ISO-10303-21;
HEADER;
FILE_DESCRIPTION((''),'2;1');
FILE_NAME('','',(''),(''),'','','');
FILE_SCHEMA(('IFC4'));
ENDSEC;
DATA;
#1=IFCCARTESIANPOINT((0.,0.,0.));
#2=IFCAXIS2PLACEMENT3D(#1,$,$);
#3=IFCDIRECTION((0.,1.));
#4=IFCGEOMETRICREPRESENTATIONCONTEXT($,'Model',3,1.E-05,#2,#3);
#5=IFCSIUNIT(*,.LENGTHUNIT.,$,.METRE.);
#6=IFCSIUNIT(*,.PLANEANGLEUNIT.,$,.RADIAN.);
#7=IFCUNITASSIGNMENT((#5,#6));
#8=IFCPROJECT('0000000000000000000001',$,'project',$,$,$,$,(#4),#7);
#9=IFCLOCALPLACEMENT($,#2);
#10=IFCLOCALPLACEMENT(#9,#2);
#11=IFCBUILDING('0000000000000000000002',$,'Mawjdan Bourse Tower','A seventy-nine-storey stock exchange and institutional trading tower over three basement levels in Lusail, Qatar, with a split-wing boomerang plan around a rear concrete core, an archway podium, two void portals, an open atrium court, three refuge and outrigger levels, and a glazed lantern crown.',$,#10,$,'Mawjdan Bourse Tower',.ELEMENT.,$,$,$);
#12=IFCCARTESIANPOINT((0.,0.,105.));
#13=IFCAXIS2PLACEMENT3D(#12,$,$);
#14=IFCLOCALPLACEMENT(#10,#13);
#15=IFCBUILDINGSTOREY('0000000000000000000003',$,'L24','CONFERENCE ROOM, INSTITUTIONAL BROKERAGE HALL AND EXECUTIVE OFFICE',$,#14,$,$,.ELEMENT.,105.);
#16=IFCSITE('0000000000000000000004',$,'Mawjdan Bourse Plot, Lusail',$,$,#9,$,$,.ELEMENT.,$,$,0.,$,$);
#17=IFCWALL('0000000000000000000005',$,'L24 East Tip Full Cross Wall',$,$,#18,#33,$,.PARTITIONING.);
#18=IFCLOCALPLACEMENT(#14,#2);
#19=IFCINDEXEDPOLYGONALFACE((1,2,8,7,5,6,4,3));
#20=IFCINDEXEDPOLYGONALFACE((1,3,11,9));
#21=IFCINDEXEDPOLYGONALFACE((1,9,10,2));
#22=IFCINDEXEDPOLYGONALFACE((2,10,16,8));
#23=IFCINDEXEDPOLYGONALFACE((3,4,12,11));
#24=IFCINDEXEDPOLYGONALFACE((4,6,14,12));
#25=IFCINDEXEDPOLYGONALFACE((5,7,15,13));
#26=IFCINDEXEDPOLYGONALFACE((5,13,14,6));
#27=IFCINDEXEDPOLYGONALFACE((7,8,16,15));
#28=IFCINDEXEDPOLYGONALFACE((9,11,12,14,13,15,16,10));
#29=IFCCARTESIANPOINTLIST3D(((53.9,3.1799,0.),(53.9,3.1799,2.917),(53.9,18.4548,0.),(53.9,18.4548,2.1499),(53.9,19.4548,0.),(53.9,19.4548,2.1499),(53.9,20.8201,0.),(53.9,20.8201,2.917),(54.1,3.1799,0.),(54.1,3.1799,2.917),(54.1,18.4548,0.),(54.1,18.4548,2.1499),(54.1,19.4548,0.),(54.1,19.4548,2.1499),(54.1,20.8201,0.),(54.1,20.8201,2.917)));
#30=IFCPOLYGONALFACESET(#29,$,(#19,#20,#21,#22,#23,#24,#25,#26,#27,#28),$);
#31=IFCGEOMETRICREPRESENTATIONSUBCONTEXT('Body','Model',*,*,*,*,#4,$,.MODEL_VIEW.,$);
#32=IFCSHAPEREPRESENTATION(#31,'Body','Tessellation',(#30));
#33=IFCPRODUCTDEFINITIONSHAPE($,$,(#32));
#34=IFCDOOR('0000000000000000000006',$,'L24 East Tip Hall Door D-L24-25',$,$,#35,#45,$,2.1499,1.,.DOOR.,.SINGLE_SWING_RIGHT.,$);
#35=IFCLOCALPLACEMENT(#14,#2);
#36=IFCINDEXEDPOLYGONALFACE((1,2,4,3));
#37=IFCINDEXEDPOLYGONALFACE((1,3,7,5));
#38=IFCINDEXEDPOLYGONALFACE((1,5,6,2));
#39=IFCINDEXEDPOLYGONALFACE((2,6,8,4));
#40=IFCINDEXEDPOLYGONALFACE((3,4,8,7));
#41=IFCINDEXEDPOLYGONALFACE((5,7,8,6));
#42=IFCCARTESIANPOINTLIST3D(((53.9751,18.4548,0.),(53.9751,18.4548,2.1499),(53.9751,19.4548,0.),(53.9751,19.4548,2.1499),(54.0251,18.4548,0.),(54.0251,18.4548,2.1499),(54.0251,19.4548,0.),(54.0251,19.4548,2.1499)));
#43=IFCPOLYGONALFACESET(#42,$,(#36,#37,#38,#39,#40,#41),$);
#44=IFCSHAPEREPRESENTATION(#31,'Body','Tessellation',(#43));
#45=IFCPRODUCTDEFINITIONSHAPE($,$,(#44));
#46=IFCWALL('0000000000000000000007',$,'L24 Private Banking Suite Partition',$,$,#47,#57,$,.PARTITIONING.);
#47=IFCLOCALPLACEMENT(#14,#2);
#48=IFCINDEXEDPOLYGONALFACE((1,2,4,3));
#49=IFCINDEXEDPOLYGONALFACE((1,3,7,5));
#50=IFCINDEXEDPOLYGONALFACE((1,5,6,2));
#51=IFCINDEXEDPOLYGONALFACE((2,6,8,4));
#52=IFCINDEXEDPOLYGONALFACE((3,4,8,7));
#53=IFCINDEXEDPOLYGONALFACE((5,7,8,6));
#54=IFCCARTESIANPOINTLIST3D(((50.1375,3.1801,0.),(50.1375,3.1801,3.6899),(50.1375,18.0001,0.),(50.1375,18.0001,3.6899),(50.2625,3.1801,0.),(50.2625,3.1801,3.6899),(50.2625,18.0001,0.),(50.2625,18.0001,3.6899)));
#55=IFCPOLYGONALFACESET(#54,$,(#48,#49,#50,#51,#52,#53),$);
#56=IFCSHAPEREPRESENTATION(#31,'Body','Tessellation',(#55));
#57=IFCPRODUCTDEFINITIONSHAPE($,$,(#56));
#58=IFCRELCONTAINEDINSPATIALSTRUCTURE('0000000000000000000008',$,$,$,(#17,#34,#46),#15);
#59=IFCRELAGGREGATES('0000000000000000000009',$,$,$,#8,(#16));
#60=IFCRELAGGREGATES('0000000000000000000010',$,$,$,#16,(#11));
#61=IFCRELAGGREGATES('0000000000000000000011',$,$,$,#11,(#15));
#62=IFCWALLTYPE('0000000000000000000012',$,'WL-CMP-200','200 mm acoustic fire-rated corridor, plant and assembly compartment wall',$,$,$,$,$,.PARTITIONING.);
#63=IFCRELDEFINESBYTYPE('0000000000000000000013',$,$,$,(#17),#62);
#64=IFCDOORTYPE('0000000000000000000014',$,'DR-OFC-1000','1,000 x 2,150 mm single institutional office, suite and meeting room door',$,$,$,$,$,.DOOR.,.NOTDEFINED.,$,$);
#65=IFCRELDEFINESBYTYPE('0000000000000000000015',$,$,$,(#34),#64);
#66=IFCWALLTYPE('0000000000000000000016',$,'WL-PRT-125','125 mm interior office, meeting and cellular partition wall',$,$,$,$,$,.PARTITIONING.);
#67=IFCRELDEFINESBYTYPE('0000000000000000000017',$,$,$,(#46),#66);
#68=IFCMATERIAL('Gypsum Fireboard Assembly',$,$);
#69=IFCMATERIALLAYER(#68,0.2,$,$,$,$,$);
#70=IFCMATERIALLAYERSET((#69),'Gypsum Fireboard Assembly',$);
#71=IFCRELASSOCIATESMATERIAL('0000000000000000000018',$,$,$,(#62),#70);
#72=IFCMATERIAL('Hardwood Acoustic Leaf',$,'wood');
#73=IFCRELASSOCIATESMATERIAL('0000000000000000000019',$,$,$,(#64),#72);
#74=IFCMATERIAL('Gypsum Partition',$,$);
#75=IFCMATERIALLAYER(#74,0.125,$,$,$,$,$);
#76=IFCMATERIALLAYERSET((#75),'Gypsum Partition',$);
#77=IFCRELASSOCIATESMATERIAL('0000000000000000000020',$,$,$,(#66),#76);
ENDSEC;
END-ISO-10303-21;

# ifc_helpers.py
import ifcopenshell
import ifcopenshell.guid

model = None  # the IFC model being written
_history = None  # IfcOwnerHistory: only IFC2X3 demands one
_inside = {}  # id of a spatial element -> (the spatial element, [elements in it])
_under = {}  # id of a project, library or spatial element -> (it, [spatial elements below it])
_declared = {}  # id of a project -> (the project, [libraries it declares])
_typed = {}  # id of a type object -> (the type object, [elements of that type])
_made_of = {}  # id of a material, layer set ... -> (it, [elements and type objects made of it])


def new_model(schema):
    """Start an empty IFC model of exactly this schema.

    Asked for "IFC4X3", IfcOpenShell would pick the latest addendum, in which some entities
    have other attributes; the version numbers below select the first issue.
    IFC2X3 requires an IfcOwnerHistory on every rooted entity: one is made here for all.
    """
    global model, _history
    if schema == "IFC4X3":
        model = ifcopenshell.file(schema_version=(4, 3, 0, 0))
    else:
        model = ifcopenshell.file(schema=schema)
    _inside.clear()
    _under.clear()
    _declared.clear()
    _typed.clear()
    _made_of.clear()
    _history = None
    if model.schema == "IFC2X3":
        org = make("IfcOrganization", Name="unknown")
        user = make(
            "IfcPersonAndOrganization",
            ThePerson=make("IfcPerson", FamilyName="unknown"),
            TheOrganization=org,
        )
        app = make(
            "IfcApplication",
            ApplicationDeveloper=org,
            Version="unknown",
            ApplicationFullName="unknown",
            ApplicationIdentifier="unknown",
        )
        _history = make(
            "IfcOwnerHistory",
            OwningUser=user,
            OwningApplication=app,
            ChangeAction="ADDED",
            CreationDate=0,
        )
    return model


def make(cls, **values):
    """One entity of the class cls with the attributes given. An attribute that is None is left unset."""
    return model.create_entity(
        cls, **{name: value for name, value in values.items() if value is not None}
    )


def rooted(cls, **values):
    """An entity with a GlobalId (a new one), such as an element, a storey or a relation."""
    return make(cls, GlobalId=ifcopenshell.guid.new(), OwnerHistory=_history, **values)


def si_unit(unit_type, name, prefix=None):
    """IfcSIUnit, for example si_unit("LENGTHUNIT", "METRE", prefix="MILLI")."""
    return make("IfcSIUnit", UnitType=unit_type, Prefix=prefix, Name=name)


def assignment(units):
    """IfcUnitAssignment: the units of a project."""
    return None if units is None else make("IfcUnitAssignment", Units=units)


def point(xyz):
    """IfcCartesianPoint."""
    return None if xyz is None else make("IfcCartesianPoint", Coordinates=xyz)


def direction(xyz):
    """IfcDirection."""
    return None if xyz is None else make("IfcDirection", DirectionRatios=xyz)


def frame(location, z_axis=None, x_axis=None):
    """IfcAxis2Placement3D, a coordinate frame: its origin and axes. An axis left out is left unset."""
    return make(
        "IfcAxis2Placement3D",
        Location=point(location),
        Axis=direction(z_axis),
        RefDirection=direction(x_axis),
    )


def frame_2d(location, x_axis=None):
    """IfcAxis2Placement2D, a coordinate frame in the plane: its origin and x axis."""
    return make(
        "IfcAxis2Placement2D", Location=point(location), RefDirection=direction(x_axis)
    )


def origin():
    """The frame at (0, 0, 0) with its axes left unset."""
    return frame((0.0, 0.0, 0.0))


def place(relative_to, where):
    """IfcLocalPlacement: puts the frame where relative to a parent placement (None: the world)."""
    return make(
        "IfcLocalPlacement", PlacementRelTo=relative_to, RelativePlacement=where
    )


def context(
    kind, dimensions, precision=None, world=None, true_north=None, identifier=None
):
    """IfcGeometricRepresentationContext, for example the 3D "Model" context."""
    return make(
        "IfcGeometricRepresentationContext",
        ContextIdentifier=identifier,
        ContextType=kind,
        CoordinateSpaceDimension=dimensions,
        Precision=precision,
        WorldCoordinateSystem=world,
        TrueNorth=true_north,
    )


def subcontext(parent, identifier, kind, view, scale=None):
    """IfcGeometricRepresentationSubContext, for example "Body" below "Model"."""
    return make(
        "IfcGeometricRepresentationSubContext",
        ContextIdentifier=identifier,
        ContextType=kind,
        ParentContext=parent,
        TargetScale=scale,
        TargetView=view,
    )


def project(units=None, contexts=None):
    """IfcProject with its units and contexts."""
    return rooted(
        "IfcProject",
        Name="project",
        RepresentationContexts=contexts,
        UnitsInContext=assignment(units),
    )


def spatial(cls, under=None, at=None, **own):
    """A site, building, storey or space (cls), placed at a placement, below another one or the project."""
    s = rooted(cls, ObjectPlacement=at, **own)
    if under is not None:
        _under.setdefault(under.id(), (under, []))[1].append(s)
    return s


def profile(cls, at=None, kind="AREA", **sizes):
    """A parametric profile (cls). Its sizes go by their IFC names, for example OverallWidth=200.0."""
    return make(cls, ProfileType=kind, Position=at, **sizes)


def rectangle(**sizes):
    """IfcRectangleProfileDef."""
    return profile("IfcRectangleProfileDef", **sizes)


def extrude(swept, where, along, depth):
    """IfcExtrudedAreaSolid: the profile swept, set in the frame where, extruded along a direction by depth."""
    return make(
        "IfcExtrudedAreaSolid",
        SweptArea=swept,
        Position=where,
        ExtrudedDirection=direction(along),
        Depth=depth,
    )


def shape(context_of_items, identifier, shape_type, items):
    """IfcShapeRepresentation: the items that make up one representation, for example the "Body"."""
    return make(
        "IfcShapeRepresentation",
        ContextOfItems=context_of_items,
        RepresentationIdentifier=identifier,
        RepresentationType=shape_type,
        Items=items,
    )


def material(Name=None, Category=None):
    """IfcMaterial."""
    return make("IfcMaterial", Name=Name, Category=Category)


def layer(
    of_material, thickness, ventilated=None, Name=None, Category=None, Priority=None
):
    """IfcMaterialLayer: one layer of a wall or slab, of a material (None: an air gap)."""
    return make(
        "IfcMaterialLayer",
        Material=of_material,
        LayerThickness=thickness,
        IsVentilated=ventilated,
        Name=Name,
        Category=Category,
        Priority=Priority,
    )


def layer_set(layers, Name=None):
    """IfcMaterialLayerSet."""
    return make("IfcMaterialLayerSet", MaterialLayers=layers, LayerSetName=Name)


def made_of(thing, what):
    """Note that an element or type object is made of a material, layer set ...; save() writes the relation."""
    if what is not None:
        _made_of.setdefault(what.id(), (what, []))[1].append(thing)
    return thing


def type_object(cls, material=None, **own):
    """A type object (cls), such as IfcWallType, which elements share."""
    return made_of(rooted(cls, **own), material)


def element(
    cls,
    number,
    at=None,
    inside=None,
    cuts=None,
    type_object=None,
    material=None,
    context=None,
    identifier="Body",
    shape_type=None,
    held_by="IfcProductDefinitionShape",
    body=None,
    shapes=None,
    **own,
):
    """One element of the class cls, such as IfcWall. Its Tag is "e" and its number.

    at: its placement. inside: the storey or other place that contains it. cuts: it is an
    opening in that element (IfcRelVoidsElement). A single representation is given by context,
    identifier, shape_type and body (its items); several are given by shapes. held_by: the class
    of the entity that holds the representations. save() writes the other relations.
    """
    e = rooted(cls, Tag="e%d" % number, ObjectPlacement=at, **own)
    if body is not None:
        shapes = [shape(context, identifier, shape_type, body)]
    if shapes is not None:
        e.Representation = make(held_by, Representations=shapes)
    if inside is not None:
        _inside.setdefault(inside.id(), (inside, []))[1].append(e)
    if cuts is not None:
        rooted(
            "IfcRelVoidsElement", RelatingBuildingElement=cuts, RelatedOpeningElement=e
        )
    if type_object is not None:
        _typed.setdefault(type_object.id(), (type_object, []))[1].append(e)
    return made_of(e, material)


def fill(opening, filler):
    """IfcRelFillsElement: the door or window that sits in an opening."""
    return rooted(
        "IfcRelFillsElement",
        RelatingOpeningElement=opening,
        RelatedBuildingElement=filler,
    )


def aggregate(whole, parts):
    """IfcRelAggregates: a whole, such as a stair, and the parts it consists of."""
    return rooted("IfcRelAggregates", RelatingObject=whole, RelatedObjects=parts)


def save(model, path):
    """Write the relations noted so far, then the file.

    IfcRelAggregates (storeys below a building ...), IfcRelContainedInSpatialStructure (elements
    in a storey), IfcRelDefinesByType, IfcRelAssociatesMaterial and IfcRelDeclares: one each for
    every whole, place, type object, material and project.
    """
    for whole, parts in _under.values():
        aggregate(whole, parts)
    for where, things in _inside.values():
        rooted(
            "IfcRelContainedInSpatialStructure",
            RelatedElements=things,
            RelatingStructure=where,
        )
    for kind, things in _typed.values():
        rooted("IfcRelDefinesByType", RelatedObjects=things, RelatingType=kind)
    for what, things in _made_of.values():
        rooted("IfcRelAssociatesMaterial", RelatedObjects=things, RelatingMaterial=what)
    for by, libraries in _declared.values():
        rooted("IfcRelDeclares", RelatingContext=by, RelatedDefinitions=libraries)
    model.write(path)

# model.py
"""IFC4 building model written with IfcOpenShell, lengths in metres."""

from ifc_helpers import new_model, si_unit, direction, frame, frame_2d, origin, place, context, subcontext, project, spatial, rectangle, extrude, material, layer, layer_set, type_object, element, fill, save


model = new_model("IFC4")

# Units and contexts
model_context = context("Model", 3, precision=1e-05, world=origin(), true_north=direction((0.0, 1.0)))
body_context = subcontext(model_context, "Body", "Model", "MODEL_VIEW")
ifc_project = project(units=[si_unit("LENGTHUNIT", "METRE"), si_unit("PLANEANGLEUNIT", "RADIAN")], contexts=[model_context])

# Site, building, storey
site_placement = place(None, origin())
site = spatial("IfcSite", under=ifc_project, at=site_placement, Name="Mawjdan Bourse Plot, Lusail", CompositionType="ELEMENT", RefElevation=0.0)
building_placement = place(site_placement, origin())
building = spatial("IfcBuilding", under=site, at=building_placement, Name="Mawjdan Bourse Tower", Description="A seventy-nine-storey stock exchange and institutional trading tower over three basement levels in Lusail, Qatar, with a split-wing boomerang plan around a rear concrete core, an archway podium, two void portals, an open atrium court, three refuge and outrigger levels, and a glazed lantern crown.", LongName="Mawjdan Bourse Tower", CompositionType="ELEMENT")
storey_placement = place(building_placement, frame((0.0, 0.0, 105.0)))
storey = spatial("IfcBuildingStorey", under=building, at=storey_placement, Name="L24", Description="CONFERENCE ROOM, INSTITUTIONAL BROKERAGE HALL AND EXECUTIVE OFFICE", CompositionType="ELEMENT", Elevation=105.0)

# Wall, opening, door
ifc_material_1 = material(Name="Gypsum Fireboard Assembly")
ifc_layer_1 = layer(ifc_material_1, 0.2)
ifc_layer_set_1 = layer_set([ifc_layer_1], Name="Gypsum Fireboard Assembly")
wall_type_1 = type_object("IfcWallType", Name="WL-CMP-200", Description="200 mm acoustic fire-rated corridor, plant and assembly compartment wall", PredefinedType="PARTITIONING", material=ifc_layer_set_1)
wall_1_placement = place(storey_placement, frame((54.0, 3.1799, 0.0), z_axis=(0.0, 0.0, 1.0), x_axis=(0.0, 1.0, 0.0)))
wall_1 = element("IfcWall", 1, at=wall_1_placement, inside=storey, type_object=wall_type_1, Name="L24 East Tip Full Cross Wall", PredefinedType="PARTITIONING", context=body_context, shape_type="SweptSolid", body=[
    extrude(rectangle(XDim=17.6401, YDim=0.2, at=frame_2d((8.8201, 0.0))), origin(), (0.0, 0.0, 1.0), 2.917),
])
opening_1_placement = place(wall_1_placement, frame((15.2749, 0.0, 0.0)))
opening_1 = element("IfcOpeningElement", 2, at=opening_1_placement, cuts=wall_1, PredefinedType="OPENING", context=body_context, shape_type="SweptSolid", body=[
    extrude(rectangle(XDim=1.0, YDim=2.1499, at=frame_2d((0.5, 1.075))), frame((0.0, 0.1099, 0.0), z_axis=(0.0, -1.0, 0.0), x_axis=(1.0, 0.0, 0.0)), (0.0, 0.0, 1.0), 0.22),
])
ifc_material_2 = material(Name="Hardwood Acoustic Leaf", Category="wood")
door_type = type_object("IfcDoorType", Name="DR-OFC-1000", Description="1,000 x 2,150 mm single institutional office, suite and meeting room door", OperationType="NOTDEFINED", PredefinedType="DOOR", material=ifc_material_2)
door_placement = place(opening_1_placement, origin())
door = element("IfcDoor", 3, at=door_placement, inside=storey, type_object=door_type, Name="L24 East Tip Hall Door D-L24-25", OperationType="SINGLE_SWING_RIGHT", OverallHeight=2.1499, OverallWidth=1.0, PredefinedType="DOOR", context=body_context, shape_type="SweptSolid", body=[
    extrude(rectangle(XDim=1.0, YDim=2.1499, at=frame_2d((0.5, 1.075))), frame((0.0, 0.0249, 0.0), z_axis=(0.0, -1.0, 0.0), x_axis=(1.0, 0.0, 0.0)), (0.0, 0.0, 1.0), 0.05),
])
fill(opening_1, door)

# Wall
ifc_material_3 = material(Name="Gypsum Partition")
ifc_layer_2 = layer(ifc_material_3, 0.125)
ifc_layer_set_2 = layer_set([ifc_layer_2], Name="Gypsum Partition")
wall_type_2 = type_object("IfcWallType", Name="WL-PRT-125", Description="125 mm interior office, meeting and cellular partition wall", PredefinedType="PARTITIONING", material=ifc_layer_set_2)
wall_2_placement = place(storey_placement, frame((50.2, 3.1799, 0.0), z_axis=(0.0, 0.0, 1.0), x_axis=(0.0, 1.0, 0.0)))
element("IfcWall", 4, at=wall_2_placement, inside=storey, type_object=wall_type_2, Name="L24 Private Banking Suite Partition", PredefinedType="PARTITIONING", context=body_context, shape_type="SweptSolid", body=[
    extrude(rectangle(XDim=14.8201, YDim=0.125, at=frame_2d((7.4102, 0.0))), origin(), (0.0, 0.0, 1.0), 3.6899),
])

save(model, "model.ifc")
